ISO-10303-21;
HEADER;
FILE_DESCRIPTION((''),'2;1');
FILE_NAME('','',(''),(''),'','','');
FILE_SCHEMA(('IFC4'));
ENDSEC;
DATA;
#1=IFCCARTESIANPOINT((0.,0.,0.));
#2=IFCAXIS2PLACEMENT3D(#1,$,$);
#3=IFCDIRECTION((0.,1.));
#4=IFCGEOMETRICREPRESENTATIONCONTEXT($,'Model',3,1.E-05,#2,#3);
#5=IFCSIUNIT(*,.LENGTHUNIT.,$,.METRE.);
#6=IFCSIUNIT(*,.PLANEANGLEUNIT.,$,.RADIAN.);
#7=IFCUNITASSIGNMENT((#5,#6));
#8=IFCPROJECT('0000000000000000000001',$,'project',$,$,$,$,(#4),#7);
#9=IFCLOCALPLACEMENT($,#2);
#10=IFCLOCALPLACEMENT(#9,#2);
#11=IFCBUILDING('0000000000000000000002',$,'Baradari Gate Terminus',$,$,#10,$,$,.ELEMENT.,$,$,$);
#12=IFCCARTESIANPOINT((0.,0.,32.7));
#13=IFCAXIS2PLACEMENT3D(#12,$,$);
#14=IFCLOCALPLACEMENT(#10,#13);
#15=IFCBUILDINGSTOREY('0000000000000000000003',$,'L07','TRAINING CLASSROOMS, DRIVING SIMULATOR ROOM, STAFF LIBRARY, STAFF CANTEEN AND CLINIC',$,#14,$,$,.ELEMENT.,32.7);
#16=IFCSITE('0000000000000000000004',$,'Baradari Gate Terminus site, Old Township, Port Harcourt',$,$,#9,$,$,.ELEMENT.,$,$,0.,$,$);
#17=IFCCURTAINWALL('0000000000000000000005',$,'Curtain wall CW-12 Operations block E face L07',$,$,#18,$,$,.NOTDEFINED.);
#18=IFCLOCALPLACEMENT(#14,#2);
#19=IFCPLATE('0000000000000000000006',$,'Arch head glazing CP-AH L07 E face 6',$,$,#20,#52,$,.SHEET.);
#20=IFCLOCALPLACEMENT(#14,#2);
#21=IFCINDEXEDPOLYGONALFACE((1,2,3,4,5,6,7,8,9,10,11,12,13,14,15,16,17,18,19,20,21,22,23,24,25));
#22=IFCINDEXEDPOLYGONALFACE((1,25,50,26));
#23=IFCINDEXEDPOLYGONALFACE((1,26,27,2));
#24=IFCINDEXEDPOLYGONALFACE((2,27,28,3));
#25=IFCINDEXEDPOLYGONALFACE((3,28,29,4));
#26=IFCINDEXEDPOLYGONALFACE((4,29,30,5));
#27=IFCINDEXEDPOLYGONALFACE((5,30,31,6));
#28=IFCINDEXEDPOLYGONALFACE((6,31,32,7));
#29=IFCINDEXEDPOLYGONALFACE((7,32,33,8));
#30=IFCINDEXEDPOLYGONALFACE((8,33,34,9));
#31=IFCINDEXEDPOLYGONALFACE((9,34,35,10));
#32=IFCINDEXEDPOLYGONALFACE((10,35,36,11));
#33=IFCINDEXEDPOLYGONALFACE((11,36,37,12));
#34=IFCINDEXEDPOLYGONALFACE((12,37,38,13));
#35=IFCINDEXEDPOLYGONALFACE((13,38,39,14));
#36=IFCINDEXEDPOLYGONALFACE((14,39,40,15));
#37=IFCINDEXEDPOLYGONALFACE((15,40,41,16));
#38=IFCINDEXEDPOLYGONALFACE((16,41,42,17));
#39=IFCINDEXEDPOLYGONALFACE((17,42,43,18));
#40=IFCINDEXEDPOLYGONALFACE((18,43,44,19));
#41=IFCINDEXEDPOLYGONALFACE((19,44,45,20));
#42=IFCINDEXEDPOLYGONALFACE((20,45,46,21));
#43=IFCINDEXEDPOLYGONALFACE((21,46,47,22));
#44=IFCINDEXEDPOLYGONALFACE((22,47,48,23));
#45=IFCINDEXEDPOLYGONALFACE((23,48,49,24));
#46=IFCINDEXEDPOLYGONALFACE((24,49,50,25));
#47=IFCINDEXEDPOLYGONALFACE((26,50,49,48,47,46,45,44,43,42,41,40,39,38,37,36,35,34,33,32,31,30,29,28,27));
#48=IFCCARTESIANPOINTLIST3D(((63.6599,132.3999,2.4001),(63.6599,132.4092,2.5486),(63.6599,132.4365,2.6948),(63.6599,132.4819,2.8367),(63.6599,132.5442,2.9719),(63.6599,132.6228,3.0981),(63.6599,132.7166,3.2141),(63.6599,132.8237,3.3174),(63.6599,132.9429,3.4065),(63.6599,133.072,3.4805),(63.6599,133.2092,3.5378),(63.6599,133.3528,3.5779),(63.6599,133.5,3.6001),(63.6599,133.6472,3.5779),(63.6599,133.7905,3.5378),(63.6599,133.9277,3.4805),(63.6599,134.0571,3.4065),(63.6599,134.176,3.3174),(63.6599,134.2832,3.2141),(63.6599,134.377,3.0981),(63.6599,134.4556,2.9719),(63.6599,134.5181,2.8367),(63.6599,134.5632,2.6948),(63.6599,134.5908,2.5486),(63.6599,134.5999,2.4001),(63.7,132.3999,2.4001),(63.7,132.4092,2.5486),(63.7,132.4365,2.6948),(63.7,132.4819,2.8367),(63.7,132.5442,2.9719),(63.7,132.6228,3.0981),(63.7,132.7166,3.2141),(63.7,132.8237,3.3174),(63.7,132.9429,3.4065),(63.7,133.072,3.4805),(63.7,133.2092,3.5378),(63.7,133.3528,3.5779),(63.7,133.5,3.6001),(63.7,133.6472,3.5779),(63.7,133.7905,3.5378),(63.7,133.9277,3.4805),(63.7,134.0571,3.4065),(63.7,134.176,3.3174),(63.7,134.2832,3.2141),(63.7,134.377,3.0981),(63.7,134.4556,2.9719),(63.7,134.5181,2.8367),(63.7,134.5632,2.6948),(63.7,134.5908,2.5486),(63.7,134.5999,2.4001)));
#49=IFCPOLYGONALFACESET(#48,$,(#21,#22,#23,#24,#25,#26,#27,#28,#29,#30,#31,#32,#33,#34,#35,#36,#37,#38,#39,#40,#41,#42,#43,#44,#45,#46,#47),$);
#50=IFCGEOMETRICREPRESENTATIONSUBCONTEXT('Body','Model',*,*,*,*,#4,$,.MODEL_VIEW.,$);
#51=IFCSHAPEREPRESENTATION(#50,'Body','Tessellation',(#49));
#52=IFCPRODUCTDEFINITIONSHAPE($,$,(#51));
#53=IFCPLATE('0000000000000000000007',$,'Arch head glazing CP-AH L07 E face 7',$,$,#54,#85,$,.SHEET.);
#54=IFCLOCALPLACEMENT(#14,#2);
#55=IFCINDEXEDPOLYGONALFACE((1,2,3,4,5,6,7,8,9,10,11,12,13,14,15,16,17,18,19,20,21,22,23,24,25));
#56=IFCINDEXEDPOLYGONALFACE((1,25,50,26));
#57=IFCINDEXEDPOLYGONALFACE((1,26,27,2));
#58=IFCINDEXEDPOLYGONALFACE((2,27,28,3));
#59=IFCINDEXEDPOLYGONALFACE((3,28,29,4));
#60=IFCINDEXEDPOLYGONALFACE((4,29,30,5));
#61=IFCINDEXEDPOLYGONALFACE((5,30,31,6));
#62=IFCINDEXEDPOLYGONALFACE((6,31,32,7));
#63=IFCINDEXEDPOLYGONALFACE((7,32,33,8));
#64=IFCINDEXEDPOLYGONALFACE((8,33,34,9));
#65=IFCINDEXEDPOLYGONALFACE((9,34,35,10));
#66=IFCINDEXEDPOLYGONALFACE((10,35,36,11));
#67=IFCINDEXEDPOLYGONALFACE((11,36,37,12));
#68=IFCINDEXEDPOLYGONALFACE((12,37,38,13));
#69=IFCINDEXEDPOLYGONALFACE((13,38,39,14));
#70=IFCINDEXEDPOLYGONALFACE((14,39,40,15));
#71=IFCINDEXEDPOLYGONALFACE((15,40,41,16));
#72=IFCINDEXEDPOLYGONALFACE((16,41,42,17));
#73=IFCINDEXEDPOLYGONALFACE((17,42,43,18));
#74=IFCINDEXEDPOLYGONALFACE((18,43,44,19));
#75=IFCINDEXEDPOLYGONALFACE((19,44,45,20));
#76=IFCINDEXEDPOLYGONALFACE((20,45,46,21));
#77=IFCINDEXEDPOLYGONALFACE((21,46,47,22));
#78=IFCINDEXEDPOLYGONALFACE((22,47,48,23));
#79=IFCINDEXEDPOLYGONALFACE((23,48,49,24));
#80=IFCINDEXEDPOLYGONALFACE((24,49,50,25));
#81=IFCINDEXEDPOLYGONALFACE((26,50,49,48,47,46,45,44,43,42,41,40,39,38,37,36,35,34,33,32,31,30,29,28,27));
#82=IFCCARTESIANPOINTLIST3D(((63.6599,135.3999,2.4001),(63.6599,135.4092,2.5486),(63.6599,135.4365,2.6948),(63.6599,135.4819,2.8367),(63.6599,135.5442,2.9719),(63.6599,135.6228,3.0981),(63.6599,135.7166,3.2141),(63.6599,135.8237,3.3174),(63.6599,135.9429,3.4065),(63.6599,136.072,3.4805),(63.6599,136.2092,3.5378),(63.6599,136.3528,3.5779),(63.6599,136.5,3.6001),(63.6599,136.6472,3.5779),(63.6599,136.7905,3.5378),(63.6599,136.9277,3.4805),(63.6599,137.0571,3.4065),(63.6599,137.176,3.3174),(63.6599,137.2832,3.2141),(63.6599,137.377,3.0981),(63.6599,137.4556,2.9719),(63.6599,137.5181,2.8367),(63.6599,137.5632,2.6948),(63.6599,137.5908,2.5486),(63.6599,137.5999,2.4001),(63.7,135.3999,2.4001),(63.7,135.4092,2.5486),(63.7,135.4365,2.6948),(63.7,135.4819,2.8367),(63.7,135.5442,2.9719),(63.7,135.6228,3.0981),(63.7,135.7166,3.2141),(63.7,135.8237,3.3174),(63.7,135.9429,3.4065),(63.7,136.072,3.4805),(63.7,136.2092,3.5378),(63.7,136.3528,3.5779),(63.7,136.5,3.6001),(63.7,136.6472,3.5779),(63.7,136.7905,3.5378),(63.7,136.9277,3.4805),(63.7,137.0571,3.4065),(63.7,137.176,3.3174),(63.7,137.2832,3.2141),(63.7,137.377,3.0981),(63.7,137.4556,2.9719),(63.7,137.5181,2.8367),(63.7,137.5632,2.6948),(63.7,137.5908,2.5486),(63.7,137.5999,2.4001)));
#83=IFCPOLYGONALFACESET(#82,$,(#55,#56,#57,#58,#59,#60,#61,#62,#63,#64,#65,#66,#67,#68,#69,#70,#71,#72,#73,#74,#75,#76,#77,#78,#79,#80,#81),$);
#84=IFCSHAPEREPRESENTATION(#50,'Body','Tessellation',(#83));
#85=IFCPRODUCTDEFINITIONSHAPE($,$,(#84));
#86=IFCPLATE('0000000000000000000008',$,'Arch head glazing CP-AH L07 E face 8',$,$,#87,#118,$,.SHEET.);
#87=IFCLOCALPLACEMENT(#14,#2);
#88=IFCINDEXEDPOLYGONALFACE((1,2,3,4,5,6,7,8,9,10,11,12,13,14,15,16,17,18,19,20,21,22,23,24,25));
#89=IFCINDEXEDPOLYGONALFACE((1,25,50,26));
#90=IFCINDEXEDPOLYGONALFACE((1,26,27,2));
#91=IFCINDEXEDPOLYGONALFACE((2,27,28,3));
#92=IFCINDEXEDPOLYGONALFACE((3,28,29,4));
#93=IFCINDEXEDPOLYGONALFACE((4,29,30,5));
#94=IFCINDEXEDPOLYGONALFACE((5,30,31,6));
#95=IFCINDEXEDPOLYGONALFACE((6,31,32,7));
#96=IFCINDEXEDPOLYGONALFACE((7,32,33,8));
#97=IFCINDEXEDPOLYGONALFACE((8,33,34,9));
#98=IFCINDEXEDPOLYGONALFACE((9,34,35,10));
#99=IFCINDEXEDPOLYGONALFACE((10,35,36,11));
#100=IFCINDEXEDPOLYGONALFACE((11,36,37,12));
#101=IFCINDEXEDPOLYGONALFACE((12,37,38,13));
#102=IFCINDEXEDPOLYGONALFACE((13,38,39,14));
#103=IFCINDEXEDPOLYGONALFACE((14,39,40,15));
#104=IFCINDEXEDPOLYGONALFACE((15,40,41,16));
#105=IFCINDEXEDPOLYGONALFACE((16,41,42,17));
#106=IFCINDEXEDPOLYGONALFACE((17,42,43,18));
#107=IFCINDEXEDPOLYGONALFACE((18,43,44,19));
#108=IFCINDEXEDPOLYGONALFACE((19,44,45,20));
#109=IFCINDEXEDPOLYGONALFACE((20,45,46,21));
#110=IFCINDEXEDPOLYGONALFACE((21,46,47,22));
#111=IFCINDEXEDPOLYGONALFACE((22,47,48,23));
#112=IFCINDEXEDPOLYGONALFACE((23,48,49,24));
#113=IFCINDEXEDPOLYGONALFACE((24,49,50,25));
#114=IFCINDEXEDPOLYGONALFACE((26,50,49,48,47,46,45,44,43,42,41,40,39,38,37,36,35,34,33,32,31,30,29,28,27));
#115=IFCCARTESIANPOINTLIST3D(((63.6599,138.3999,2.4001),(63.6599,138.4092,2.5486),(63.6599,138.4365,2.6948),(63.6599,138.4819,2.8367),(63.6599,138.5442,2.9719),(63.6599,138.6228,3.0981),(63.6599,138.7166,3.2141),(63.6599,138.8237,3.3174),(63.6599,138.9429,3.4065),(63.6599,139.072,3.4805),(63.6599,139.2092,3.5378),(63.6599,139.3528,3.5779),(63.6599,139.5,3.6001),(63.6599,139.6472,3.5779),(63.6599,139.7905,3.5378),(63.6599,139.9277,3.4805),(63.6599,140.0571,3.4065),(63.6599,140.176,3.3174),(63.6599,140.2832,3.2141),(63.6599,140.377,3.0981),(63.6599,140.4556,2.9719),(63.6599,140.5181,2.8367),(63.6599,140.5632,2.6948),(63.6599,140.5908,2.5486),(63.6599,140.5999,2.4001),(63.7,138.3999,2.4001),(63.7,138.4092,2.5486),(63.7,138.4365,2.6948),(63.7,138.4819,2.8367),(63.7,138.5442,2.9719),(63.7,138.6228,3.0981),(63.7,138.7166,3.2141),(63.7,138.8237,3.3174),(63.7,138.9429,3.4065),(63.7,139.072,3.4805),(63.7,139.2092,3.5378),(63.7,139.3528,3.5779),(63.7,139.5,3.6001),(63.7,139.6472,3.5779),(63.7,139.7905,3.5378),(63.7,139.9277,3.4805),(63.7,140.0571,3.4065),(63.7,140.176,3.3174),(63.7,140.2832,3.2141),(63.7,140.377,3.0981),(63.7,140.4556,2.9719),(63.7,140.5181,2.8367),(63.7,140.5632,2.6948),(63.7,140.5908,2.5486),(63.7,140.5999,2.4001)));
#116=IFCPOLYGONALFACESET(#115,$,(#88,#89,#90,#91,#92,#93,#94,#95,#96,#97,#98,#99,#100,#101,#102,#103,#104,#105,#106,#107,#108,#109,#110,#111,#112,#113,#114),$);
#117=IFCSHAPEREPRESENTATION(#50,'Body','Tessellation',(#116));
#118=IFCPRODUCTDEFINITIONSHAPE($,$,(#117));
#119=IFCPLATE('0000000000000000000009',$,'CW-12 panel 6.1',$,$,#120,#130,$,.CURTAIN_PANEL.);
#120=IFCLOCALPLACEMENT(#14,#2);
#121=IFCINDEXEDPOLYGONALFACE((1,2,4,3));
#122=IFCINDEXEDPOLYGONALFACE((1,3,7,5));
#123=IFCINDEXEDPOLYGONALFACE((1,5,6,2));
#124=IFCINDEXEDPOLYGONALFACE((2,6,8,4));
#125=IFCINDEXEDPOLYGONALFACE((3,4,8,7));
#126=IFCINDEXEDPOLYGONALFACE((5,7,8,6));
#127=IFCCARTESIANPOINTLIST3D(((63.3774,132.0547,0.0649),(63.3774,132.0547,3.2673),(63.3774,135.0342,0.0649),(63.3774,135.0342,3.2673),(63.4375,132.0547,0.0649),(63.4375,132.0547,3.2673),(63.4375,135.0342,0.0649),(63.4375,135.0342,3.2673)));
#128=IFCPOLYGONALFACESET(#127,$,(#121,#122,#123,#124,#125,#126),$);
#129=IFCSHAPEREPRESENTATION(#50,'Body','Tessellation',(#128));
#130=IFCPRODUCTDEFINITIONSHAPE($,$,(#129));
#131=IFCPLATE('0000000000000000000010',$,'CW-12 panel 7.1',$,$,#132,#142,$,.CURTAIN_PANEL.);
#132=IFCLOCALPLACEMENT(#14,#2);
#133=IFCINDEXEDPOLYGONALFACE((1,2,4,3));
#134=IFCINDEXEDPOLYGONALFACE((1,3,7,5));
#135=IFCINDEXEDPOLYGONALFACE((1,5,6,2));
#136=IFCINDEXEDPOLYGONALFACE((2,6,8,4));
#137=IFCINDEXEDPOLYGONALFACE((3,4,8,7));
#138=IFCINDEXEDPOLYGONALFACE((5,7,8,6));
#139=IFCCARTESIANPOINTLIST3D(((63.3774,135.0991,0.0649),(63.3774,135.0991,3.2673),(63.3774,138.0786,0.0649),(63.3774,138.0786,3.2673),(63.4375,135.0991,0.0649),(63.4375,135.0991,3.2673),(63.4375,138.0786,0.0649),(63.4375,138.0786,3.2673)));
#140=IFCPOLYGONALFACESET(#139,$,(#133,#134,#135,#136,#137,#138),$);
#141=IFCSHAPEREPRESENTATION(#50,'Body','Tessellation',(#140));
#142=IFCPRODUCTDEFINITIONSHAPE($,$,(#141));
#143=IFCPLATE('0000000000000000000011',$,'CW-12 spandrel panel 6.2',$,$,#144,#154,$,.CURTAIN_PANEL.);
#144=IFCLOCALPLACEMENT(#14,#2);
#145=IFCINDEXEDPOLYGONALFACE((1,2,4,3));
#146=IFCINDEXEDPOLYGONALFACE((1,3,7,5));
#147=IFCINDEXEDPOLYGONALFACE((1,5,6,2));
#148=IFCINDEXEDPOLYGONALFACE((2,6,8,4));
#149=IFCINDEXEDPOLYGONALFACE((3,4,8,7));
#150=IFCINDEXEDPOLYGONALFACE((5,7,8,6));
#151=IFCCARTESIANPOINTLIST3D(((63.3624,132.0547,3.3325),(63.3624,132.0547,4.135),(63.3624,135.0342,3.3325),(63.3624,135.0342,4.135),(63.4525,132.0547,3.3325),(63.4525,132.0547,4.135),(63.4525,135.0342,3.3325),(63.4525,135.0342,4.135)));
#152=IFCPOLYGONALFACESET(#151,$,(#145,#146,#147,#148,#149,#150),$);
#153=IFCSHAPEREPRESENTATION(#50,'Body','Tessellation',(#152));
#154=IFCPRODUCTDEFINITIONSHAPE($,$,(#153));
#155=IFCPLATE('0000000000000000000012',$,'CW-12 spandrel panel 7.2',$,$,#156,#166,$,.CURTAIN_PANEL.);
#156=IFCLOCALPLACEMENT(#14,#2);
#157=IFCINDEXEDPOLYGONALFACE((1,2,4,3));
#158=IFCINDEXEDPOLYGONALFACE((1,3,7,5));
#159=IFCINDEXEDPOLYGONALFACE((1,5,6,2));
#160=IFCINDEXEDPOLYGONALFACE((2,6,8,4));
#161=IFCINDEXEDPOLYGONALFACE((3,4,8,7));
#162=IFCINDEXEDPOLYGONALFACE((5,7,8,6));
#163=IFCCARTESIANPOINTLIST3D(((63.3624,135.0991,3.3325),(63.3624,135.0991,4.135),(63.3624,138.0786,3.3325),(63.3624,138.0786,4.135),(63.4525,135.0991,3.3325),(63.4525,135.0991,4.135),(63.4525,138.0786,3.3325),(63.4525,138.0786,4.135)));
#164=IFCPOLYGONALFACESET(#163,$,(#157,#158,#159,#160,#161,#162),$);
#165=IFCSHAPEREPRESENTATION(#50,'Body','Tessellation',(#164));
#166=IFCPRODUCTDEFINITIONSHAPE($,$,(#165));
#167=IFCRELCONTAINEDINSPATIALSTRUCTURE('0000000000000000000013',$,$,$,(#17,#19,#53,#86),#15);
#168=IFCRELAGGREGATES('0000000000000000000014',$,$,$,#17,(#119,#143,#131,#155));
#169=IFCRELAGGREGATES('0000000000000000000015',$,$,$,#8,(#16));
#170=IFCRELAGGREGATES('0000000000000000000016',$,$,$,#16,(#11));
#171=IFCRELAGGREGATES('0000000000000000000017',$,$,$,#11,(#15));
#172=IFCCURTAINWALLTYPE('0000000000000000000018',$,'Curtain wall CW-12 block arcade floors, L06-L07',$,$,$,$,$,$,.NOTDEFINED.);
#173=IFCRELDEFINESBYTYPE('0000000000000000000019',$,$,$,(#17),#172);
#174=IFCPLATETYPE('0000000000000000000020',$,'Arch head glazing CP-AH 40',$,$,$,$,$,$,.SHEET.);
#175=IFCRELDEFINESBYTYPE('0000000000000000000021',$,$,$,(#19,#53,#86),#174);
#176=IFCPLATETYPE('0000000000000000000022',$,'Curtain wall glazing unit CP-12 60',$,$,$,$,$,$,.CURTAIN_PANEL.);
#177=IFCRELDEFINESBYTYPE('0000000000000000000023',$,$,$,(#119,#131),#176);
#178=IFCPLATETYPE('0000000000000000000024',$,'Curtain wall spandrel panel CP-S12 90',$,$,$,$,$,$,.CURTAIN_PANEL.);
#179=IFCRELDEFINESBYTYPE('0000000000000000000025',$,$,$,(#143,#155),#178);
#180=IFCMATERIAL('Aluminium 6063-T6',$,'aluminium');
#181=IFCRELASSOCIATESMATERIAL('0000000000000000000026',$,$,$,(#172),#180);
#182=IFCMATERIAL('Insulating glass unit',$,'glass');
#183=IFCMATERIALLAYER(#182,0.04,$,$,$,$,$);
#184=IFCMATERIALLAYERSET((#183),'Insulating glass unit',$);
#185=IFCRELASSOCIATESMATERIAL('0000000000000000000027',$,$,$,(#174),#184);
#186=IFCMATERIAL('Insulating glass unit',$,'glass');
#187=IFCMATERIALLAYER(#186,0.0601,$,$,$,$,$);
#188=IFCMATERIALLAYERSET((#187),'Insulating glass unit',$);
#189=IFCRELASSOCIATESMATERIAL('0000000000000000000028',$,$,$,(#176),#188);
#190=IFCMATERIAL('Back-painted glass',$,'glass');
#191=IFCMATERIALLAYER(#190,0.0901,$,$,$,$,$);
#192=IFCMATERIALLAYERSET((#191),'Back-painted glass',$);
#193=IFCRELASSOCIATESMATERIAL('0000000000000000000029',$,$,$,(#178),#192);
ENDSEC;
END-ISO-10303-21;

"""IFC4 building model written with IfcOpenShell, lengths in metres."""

from ifc_helpers import new_model, si_unit, direction, frame, origin, origin_2d, place, context, subcontext, project, spatial, polyline, rectangle, outline, extrude, material, layer, layer_set, type_object, element, aggregate, save


model = new_model("IFC4")

# Units and contexts
model_context = context("Model", 3, precision=1e-05, world=origin(), true_north=direction((0.0, 1.0)))
body_context = subcontext(model_context, "Body", "Model", "MODEL_VIEW")
ifc_project = project(units=[si_unit("LENGTHUNIT", "METRE"), si_unit("PLANEANGLEUNIT", "RADIAN")], contexts=[model_context])

# Site, building, storey
site_placement = place(None, origin())
site = spatial("IfcSite", under=ifc_project, at=site_placement, Name="Baradari Gate Terminus site, Old Township, Port Harcourt", CompositionType="ELEMENT", RefElevation=0.0)
building_placement = place(site_placement, origin())
building = spatial("IfcBuilding", under=site, at=building_placement, Name="Baradari Gate Terminus", CompositionType="ELEMENT")
storey_placement = place(building_placement, frame((0.0, 0.0, 32.7)))
storey = spatial("IfcBuildingStorey", under=building, at=storey_placement, Name="L07", Description="TRAINING CLASSROOMS, DRIVING SIMULATOR ROOM, STAFF LIBRARY, STAFF CANTEEN AND CLINIC", CompositionType="ELEMENT", Elevation=32.7)

# Curtain wall
ifc_material_1 = material(Name="Aluminium 6063-T6", Category="aluminium")
curtain_wall_type = type_object("IfcCurtainWallType", Name="Curtain wall CW-12 block arcade floors, L06-L07", PredefinedType="NOTDEFINED", material=ifc_material_1)
curtain_wall_placement = place(storey_placement, origin())
curtain_wall = element("IfcCurtainWall", 1, at=curtain_wall_placement, inside=storey, type_object=curtain_wall_type, Name="Curtain wall CW-12 Operations block E face L07", PredefinedType="NOTDEFINED")

# Plates
ifc_material_2 = material(Name="Insulating glass unit", Category="glass")
ifc_layer_1 = layer(ifc_material_2, 0.04)
ifc_layer_set_1 = layer_set([ifc_layer_1], Name="Insulating glass unit")
plate_type_1 = type_object("IfcPlateType", Name="Arch head glazing CP-AH 40", PredefinedType="SHEET", material=ifc_layer_set_1)
for number, where, z_axis, x_axis, name in (
    (2, (63.6799, 132.3999, 2.4001), (0.0, 0.0, 1.0), (0.0, 1.0, 0.0), "Arch head glazing CP-AH L07 E face 6"),
    (3, (63.6799, 135.3999, 2.4001), (0.0, 0.0, 1.0), (0.0, 1.0, 0.0), "Arch head glazing CP-AH L07 E face 7"),
    (4, (63.6799, 138.3999, 2.4001), (0.0, 0.0, 1.0), (0.0, 1.0, 0.0), "Arch head glazing CP-AH L07 E face 8"),
):
    element("IfcPlate", number, at=place(storey_placement, frame(where, z_axis=z_axis, x_axis=x_axis)), inside=storey, type_object=plate_type_1, Name=name, PredefinedType="SHEET", context=body_context, shape_type="SweptSolid", body=[
        extrude(outline(polyline([(0.0, 0.0), (2.2, 0.0), (2.1909, 0.1484), (2.1633, 0.2947), (2.1182, 0.4365), (2.0557, 0.5718), (1.9771, 0.698), (1.8833, 0.814), (1.7761, 0.9172), (1.6572, 1.0063), (1.5278, 1.0803), (1.3906, 1.1377), (1.2473, 1.1777), (1.1001, 1.2), (0.9529, 1.1777), (0.8093, 1.1377), (0.6721, 1.0803), (0.543, 1.0063), (0.4238, 0.9172), (0.3167, 0.814), (0.2229, 0.698), (0.1443, 0.5718), (0.082, 0.4365), (0.0366, 0.2947), (0.0093, 0.1484), (0.0, 0.0)])), frame((0.0, 0.02, 0.0), z_axis=(0.0, -1.0, 0.0), x_axis=(1.0, 0.0, 0.0)), (0.0, 0.0, 1.0), 0.04),
    ])

# Plates
ifc_material_3 = material(Name="Insulating glass unit", Category="glass")
ifc_layer_2 = layer(ifc_material_3, 0.0601)
ifc_layer_set_2 = layer_set([ifc_layer_2], Name="Insulating glass unit")
plate_type_2 = type_object("IfcPlateType", Name="Curtain wall glazing unit CP-12 60", PredefinedType="CURTAIN_PANEL", material=ifc_layer_set_2)
plate_1_placement = place(storey_placement, frame((63.4075, 133.5444, 0.0649), z_axis=(0.0, 0.0, 1.0), x_axis=(0.0, 1.0, 0.0)))
plate_1 = element("IfcPlate", 5, at=plate_1_placement, type_object=plate_type_2, Name="CW-12 panel 6.1", PredefinedType="CURTAIN_PANEL", context=body_context, shape_type="SweptSolid", body=[
    extrude(rectangle(XDim=2.9795, YDim=0.0601, at=origin_2d()), origin(), (0.0, 0.0, 1.0), 3.2024),
])
plate_2_placement = place(storey_placement, frame((63.4075, 136.5889, 0.0649), z_axis=(0.0, 0.0, 1.0), x_axis=(0.0, 1.0, 0.0)))
plate_2 = element("IfcPlate", 6, at=plate_2_placement, type_object=plate_type_2, Name="CW-12 panel 7.1", PredefinedType="CURTAIN_PANEL", context=body_context, shape_type="SweptSolid", body=[
    extrude(rectangle(XDim=2.9795, YDim=0.0601, at=origin_2d()), origin(), (0.0, 0.0, 1.0), 3.2024),
])
ifc_material_4 = material(Name="Back-painted glass", Category="glass")
ifc_layer_3 = layer(ifc_material_4, 0.0901)
ifc_layer_set_3 = layer_set([ifc_layer_3], Name="Back-painted glass")
plate_type_3 = type_object("IfcPlateType", Name="Curtain wall spandrel panel CP-S12 90", PredefinedType="CURTAIN_PANEL", material=ifc_layer_set_3)
plate_3_placement = place(storey_placement, frame((63.4075, 133.5444, 3.3325), z_axis=(0.0, 0.0, 1.0), x_axis=(0.0, 1.0, 0.0)))
plate_3 = element("IfcPlate", 7, at=plate_3_placement, type_object=plate_type_3, Name="CW-12 spandrel panel 6.2", PredefinedType="CURTAIN_PANEL", context=body_context, shape_type="SweptSolid", body=[
    extrude(rectangle(XDim=2.9795, YDim=0.0901, at=origin_2d()), origin(), (0.0, 0.0, 1.0), 0.8025),
])
plate_4_placement = place(storey_placement, frame((63.4075, 136.5889, 3.3325), z_axis=(0.0, 0.0, 1.0), x_axis=(0.0, 1.0, 0.0)))
plate_4 = element("IfcPlate", 8, at=plate_4_placement, type_object=plate_type_3, Name="CW-12 spandrel panel 7.2", PredefinedType="CURTAIN_PANEL", context=body_context, shape_type="SweptSolid", body=[
    extrude(rectangle(XDim=2.9795, YDim=0.0901, at=origin_2d()), origin(), (0.0, 0.0, 1.0), 0.8025),
])
aggregate(curtain_wall, [plate_1, plate_3, plate_2, plate_4])

save(model, "model.ifc")
